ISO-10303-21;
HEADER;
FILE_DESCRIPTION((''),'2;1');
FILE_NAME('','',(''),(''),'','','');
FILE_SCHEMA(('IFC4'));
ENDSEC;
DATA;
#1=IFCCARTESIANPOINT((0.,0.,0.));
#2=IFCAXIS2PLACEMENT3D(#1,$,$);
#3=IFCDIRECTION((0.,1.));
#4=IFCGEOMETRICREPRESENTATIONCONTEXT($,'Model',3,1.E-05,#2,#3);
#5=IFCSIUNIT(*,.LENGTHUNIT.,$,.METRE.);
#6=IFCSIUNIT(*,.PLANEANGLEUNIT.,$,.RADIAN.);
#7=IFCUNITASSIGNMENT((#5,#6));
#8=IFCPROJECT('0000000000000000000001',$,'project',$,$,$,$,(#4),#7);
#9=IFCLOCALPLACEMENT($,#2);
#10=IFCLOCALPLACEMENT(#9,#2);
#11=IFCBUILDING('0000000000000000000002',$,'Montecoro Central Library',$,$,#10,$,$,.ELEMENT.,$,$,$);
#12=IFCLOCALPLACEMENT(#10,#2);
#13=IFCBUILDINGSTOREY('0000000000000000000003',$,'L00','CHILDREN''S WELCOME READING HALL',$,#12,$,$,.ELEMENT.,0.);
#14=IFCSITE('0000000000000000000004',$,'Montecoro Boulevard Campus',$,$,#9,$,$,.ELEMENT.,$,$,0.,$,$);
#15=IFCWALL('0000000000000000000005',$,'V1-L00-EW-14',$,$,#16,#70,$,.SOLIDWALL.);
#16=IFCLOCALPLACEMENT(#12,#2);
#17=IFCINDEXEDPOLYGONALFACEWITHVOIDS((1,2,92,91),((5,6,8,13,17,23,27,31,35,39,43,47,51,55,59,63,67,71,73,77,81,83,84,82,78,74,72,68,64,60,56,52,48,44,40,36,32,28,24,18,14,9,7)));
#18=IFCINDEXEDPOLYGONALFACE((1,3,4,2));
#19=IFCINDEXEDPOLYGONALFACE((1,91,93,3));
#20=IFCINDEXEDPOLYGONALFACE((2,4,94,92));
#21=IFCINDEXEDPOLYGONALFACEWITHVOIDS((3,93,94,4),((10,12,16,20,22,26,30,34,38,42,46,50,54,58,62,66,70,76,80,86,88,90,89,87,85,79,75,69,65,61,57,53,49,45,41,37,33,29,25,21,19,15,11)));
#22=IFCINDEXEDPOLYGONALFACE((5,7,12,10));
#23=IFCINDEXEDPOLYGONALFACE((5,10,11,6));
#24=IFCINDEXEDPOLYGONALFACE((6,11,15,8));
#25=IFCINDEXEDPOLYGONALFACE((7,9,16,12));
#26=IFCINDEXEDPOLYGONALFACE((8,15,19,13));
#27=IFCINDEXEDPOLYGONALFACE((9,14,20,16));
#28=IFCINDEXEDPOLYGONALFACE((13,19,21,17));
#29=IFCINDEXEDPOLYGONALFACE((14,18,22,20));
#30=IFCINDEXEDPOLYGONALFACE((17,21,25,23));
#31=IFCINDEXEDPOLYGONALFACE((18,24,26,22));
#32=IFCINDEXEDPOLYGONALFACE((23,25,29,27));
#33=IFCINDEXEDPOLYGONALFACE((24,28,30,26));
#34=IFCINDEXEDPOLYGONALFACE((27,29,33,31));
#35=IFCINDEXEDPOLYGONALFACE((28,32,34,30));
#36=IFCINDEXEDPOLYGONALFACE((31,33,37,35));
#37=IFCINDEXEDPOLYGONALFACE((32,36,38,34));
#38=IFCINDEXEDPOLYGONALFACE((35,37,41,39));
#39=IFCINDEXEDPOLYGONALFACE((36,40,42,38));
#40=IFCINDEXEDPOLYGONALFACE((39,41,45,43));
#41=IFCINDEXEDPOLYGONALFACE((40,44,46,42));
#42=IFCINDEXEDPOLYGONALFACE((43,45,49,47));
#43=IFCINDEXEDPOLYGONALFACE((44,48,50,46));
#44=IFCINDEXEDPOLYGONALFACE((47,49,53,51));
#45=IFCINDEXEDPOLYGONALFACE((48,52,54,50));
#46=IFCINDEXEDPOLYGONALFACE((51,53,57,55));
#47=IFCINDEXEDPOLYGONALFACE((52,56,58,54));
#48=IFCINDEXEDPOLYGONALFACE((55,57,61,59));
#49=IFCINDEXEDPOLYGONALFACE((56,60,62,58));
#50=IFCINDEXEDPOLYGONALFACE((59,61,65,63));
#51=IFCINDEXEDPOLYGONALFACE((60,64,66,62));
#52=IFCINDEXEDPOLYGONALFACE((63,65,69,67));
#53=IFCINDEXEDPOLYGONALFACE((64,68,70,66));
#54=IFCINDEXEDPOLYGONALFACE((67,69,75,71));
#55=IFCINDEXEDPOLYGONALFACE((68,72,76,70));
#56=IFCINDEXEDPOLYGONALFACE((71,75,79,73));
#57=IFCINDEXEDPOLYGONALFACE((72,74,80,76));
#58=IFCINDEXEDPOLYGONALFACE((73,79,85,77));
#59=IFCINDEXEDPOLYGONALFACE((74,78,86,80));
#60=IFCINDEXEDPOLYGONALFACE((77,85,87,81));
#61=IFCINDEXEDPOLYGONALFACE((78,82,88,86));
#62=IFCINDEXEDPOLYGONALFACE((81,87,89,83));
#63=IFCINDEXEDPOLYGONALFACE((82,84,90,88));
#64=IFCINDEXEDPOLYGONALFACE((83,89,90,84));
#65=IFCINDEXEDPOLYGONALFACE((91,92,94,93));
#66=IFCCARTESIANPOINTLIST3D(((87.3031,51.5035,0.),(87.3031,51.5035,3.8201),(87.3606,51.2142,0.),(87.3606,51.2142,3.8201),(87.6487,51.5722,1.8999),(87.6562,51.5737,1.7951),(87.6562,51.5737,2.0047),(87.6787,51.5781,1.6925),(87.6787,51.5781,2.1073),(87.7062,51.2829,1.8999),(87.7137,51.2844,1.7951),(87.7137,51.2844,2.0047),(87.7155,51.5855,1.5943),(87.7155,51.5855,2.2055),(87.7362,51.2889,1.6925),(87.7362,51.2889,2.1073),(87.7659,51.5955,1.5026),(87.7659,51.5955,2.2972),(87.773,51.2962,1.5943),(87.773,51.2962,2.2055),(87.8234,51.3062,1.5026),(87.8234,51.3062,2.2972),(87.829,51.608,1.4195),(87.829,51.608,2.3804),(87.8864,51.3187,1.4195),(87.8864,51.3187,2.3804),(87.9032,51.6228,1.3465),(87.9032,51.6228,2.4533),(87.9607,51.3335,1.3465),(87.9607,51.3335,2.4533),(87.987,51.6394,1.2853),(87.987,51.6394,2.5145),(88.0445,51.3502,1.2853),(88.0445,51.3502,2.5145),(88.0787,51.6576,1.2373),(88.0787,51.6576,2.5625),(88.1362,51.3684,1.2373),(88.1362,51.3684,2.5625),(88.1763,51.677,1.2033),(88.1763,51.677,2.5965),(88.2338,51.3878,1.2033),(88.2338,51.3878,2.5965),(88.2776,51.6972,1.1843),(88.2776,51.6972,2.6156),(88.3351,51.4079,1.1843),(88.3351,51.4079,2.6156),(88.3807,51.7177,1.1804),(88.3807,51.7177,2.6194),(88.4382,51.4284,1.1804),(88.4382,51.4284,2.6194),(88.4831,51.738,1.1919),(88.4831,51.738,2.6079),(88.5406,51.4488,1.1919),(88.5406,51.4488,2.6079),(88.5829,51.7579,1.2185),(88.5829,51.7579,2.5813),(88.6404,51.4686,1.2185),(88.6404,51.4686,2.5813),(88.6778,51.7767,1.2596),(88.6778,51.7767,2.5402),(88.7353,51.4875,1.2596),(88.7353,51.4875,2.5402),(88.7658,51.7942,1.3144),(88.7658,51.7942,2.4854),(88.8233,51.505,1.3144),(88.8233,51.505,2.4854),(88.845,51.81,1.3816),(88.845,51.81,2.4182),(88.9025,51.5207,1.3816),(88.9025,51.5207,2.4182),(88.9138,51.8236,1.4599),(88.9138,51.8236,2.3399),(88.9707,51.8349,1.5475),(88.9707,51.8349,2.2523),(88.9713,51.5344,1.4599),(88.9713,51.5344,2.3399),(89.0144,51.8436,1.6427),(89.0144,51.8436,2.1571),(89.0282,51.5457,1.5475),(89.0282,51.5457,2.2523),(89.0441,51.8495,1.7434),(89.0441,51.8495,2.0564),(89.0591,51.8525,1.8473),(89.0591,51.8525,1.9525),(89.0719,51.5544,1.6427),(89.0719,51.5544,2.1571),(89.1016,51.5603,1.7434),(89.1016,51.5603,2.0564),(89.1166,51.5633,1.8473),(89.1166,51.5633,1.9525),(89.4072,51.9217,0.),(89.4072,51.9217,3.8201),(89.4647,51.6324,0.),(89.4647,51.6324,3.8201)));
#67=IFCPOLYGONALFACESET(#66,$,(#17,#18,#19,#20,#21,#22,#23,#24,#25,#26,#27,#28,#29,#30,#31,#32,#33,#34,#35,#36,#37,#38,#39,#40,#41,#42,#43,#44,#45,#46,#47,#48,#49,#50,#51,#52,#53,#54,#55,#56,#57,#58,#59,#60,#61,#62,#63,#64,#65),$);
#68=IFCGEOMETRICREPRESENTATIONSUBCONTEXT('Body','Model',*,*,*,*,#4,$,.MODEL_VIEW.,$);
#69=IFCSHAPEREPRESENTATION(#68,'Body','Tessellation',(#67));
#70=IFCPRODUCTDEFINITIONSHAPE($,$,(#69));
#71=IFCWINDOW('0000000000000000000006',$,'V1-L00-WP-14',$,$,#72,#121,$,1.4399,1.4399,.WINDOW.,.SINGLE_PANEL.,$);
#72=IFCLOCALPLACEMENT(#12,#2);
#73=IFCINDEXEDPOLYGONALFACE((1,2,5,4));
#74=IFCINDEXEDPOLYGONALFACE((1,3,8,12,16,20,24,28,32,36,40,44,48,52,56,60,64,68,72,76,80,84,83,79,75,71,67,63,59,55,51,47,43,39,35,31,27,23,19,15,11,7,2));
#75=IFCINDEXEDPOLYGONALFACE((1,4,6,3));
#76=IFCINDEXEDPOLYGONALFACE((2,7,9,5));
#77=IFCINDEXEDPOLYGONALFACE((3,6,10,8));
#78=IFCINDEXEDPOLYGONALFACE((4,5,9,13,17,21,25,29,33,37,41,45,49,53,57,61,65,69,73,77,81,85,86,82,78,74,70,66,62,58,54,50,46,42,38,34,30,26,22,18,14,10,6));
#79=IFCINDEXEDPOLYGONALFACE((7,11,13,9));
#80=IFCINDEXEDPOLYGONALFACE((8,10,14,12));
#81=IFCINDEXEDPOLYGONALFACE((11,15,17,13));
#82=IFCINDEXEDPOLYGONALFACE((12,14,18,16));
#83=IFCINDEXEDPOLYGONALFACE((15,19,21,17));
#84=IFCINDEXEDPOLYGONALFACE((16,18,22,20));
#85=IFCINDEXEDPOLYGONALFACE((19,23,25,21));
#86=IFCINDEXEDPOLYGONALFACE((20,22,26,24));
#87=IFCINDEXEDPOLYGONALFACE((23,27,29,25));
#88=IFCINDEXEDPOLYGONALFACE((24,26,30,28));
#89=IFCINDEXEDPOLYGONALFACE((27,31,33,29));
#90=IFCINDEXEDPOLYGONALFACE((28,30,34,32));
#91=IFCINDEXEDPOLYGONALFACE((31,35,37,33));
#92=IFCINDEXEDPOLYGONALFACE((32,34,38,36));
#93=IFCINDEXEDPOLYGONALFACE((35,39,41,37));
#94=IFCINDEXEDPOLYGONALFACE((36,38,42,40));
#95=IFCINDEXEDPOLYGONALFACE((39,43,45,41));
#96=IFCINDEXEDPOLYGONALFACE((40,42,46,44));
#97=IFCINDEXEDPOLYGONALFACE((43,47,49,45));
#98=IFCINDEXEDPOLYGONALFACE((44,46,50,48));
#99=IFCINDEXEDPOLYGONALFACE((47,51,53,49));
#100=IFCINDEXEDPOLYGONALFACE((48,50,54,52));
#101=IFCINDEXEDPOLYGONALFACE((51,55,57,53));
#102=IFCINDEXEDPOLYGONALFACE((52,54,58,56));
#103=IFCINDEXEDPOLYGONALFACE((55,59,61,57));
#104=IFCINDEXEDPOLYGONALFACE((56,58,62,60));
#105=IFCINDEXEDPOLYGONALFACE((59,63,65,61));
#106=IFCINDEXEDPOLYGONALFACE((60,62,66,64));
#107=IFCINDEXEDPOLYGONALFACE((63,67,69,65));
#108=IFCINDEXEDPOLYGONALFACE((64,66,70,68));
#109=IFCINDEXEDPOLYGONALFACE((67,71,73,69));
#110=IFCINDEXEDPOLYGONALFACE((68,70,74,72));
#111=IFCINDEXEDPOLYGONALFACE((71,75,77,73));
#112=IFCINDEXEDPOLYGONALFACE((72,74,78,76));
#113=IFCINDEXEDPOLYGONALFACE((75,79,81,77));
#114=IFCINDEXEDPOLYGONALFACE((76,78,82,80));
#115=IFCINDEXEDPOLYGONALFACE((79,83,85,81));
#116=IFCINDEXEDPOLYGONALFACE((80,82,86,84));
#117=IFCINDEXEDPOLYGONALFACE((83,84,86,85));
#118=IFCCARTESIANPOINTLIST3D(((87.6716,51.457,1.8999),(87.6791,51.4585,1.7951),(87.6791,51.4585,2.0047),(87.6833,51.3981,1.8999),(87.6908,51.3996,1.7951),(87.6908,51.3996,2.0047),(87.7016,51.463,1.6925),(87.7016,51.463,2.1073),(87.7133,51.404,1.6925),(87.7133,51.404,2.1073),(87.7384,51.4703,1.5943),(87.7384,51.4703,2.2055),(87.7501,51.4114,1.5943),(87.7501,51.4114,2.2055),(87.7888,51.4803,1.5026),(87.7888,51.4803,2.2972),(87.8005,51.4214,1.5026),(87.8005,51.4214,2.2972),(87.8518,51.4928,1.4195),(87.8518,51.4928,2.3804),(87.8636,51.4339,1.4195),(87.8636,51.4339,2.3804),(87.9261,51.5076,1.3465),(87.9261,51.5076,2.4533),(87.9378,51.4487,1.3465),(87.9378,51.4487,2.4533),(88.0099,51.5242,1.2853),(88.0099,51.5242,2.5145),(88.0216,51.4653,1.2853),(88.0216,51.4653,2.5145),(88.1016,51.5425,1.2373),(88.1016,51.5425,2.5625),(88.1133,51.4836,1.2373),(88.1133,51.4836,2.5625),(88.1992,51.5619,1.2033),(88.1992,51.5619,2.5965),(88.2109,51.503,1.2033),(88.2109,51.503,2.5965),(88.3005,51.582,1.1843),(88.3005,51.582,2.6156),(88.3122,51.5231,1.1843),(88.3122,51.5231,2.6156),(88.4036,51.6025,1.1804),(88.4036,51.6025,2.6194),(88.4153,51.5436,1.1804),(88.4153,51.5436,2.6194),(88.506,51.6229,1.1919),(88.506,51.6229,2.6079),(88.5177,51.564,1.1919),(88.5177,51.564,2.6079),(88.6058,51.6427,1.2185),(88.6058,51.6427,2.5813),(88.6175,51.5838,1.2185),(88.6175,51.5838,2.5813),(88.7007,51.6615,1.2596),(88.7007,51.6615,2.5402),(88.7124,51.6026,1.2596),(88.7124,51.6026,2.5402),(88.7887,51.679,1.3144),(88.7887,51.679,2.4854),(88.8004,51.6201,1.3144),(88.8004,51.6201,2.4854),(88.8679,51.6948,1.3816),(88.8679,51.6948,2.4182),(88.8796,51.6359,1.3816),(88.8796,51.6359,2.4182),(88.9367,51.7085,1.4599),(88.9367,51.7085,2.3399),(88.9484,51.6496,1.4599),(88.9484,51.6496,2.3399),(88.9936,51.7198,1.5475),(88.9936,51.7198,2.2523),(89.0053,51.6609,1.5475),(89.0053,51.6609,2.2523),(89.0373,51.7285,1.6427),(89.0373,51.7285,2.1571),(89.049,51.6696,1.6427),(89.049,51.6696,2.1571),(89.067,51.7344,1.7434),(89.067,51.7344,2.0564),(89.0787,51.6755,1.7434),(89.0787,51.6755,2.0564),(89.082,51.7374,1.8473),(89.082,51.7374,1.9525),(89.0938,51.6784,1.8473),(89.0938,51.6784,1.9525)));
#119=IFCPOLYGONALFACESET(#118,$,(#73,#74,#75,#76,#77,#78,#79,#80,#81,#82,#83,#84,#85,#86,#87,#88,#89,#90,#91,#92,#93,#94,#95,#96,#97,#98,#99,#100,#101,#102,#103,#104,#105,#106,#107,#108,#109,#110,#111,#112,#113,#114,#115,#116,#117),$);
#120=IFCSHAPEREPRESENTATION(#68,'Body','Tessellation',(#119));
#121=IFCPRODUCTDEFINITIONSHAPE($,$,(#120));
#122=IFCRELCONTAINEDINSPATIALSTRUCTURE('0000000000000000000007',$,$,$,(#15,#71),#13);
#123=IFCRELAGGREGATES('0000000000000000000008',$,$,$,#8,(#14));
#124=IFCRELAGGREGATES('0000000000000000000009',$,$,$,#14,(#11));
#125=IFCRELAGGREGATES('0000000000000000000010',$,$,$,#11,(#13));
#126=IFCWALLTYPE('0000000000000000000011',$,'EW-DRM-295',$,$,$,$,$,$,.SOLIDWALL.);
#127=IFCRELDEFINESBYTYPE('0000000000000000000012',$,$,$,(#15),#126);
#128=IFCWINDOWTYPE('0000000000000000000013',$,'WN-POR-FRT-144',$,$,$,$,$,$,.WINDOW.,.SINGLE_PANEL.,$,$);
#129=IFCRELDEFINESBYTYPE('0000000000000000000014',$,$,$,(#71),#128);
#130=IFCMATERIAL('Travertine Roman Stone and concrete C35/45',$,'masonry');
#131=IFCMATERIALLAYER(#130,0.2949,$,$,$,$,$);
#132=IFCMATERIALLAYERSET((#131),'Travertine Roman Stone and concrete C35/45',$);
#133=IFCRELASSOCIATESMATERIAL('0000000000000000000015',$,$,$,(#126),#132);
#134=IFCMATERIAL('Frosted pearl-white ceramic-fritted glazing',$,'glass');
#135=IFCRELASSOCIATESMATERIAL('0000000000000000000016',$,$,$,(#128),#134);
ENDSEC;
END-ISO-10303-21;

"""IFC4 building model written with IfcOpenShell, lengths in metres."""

from ifc_helpers import new_model, si_unit, direction, frame, frame_2d, origin, place, context, subcontext, project, spatial, rectangle, circle, extrude, material, layer, layer_set, type_object, element, fill, save


model = new_model("IFC4")

# Units and contexts
model_context = context("Model", 3, precision=1e-05, world=origin(), true_north=direction((0.0, 1.0)))
body_context = subcontext(model_context, "Body", "Model", "MODEL_VIEW")
ifc_project = project(units=[si_unit("LENGTHUNIT", "METRE"), si_unit("PLANEANGLEUNIT", "RADIAN")], contexts=[model_context])

# Site, building, storey
site_placement = place(None, origin())
site = spatial("IfcSite", under=ifc_project, at=site_placement, Name="Montecoro Boulevard Campus", CompositionType="ELEMENT", RefElevation=0.0)
building_placement = place(site_placement, origin())
building = spatial("IfcBuilding", under=site, at=building_placement, Name="Montecoro Central Library", CompositionType="ELEMENT")
storey_placement = place(building_placement, origin())
storey = spatial("IfcBuildingStorey", under=building, at=storey_placement, Name="L00", Description="CHILDREN'S WELCOME READING HALL", CompositionType="ELEMENT", Elevation=0.0)

# Wall, opening, window
ifc_material_1 = material(Name="Travertine Roman Stone and concrete C35/45", Category="masonry")
ifc_layer_1 = layer(ifc_material_1, 0.2949)
ifc_layer_set_1 = layer_set([ifc_layer_1], Name="Travertine Roman Stone and concrete C35/45")
wall_type = type_object("IfcWallType", Name="EW-DRM-295", PredefinedType="SOLIDWALL", material=ifc_layer_set_1)
wall_1_placement = place(storey_placement, frame((89.436, 51.7771, 0.0), z_axis=(0.0, 0.0, 1.0), x_axis=(-0.980812, -0.194956, 0.0)))
wall_1 = element("IfcWall", 1, at=wall_1_placement, inside=storey, type_object=wall_type, Name="V1-L00-EW-14", PredefinedType="SOLIDWALL", context=body_context, shape_type="SweptSolid", body=[
    extrude(rectangle(XDim=2.1453, YDim=0.2949, at=frame_2d((1.0728, 0.0))), origin(), (0.0, 0.0, 1.0), 3.8201),
])
opening_1_placement = place(wall_1_placement, frame((0.353, 0.0, 1.1799)))
opening_1 = element("IfcOpeningElement", 2, at=opening_1_placement, cuts=wall_1, PredefinedType="OPENING", context=body_context, shape_type="SweptSolid", body=[
    extrude(circle(Radius=0.72, at=frame_2d((0.72, 0.72))), frame((0.0, 0.1575, 0.0), z_axis=(0.0, -1.0, 0.0), x_axis=(1.0, 0.0, 0.0)), (0.0, 0.0, 1.0), 0.3149),
])
ifc_material_2 = material(Name="Frosted pearl-white ceramic-fritted glazing", Category="glass")
window_type_1 = type_object("IfcWindowType", Name="WN-POR-FRT-144", PartitioningType="SINGLE_PANEL", PredefinedType="WINDOW", material=ifc_material_2)
window_1_placement = place(opening_1_placement, origin())
window_1 = element("IfcWindow", 3, at=window_1_placement, inside=storey, type_object=window_type_1, Name="V1-L00-WP-14", OverallHeight=1.4399, OverallWidth=1.4399, PartitioningType="SINGLE_PANEL", PredefinedType="WINDOW", context=body_context, shape_type="SweptSolid", body=[
    extrude(circle(Radius=0.72, at=frame_2d((0.72, 0.72))), frame((0.0, 0.03, 0.0), z_axis=(0.0, -1.0, 0.0), x_axis=(1.0, 0.0, 0.0)), (0.0, 0.0, 1.0), 0.0601),
])
fill(opening_1, window_1)

save(model, "model.ifc")
